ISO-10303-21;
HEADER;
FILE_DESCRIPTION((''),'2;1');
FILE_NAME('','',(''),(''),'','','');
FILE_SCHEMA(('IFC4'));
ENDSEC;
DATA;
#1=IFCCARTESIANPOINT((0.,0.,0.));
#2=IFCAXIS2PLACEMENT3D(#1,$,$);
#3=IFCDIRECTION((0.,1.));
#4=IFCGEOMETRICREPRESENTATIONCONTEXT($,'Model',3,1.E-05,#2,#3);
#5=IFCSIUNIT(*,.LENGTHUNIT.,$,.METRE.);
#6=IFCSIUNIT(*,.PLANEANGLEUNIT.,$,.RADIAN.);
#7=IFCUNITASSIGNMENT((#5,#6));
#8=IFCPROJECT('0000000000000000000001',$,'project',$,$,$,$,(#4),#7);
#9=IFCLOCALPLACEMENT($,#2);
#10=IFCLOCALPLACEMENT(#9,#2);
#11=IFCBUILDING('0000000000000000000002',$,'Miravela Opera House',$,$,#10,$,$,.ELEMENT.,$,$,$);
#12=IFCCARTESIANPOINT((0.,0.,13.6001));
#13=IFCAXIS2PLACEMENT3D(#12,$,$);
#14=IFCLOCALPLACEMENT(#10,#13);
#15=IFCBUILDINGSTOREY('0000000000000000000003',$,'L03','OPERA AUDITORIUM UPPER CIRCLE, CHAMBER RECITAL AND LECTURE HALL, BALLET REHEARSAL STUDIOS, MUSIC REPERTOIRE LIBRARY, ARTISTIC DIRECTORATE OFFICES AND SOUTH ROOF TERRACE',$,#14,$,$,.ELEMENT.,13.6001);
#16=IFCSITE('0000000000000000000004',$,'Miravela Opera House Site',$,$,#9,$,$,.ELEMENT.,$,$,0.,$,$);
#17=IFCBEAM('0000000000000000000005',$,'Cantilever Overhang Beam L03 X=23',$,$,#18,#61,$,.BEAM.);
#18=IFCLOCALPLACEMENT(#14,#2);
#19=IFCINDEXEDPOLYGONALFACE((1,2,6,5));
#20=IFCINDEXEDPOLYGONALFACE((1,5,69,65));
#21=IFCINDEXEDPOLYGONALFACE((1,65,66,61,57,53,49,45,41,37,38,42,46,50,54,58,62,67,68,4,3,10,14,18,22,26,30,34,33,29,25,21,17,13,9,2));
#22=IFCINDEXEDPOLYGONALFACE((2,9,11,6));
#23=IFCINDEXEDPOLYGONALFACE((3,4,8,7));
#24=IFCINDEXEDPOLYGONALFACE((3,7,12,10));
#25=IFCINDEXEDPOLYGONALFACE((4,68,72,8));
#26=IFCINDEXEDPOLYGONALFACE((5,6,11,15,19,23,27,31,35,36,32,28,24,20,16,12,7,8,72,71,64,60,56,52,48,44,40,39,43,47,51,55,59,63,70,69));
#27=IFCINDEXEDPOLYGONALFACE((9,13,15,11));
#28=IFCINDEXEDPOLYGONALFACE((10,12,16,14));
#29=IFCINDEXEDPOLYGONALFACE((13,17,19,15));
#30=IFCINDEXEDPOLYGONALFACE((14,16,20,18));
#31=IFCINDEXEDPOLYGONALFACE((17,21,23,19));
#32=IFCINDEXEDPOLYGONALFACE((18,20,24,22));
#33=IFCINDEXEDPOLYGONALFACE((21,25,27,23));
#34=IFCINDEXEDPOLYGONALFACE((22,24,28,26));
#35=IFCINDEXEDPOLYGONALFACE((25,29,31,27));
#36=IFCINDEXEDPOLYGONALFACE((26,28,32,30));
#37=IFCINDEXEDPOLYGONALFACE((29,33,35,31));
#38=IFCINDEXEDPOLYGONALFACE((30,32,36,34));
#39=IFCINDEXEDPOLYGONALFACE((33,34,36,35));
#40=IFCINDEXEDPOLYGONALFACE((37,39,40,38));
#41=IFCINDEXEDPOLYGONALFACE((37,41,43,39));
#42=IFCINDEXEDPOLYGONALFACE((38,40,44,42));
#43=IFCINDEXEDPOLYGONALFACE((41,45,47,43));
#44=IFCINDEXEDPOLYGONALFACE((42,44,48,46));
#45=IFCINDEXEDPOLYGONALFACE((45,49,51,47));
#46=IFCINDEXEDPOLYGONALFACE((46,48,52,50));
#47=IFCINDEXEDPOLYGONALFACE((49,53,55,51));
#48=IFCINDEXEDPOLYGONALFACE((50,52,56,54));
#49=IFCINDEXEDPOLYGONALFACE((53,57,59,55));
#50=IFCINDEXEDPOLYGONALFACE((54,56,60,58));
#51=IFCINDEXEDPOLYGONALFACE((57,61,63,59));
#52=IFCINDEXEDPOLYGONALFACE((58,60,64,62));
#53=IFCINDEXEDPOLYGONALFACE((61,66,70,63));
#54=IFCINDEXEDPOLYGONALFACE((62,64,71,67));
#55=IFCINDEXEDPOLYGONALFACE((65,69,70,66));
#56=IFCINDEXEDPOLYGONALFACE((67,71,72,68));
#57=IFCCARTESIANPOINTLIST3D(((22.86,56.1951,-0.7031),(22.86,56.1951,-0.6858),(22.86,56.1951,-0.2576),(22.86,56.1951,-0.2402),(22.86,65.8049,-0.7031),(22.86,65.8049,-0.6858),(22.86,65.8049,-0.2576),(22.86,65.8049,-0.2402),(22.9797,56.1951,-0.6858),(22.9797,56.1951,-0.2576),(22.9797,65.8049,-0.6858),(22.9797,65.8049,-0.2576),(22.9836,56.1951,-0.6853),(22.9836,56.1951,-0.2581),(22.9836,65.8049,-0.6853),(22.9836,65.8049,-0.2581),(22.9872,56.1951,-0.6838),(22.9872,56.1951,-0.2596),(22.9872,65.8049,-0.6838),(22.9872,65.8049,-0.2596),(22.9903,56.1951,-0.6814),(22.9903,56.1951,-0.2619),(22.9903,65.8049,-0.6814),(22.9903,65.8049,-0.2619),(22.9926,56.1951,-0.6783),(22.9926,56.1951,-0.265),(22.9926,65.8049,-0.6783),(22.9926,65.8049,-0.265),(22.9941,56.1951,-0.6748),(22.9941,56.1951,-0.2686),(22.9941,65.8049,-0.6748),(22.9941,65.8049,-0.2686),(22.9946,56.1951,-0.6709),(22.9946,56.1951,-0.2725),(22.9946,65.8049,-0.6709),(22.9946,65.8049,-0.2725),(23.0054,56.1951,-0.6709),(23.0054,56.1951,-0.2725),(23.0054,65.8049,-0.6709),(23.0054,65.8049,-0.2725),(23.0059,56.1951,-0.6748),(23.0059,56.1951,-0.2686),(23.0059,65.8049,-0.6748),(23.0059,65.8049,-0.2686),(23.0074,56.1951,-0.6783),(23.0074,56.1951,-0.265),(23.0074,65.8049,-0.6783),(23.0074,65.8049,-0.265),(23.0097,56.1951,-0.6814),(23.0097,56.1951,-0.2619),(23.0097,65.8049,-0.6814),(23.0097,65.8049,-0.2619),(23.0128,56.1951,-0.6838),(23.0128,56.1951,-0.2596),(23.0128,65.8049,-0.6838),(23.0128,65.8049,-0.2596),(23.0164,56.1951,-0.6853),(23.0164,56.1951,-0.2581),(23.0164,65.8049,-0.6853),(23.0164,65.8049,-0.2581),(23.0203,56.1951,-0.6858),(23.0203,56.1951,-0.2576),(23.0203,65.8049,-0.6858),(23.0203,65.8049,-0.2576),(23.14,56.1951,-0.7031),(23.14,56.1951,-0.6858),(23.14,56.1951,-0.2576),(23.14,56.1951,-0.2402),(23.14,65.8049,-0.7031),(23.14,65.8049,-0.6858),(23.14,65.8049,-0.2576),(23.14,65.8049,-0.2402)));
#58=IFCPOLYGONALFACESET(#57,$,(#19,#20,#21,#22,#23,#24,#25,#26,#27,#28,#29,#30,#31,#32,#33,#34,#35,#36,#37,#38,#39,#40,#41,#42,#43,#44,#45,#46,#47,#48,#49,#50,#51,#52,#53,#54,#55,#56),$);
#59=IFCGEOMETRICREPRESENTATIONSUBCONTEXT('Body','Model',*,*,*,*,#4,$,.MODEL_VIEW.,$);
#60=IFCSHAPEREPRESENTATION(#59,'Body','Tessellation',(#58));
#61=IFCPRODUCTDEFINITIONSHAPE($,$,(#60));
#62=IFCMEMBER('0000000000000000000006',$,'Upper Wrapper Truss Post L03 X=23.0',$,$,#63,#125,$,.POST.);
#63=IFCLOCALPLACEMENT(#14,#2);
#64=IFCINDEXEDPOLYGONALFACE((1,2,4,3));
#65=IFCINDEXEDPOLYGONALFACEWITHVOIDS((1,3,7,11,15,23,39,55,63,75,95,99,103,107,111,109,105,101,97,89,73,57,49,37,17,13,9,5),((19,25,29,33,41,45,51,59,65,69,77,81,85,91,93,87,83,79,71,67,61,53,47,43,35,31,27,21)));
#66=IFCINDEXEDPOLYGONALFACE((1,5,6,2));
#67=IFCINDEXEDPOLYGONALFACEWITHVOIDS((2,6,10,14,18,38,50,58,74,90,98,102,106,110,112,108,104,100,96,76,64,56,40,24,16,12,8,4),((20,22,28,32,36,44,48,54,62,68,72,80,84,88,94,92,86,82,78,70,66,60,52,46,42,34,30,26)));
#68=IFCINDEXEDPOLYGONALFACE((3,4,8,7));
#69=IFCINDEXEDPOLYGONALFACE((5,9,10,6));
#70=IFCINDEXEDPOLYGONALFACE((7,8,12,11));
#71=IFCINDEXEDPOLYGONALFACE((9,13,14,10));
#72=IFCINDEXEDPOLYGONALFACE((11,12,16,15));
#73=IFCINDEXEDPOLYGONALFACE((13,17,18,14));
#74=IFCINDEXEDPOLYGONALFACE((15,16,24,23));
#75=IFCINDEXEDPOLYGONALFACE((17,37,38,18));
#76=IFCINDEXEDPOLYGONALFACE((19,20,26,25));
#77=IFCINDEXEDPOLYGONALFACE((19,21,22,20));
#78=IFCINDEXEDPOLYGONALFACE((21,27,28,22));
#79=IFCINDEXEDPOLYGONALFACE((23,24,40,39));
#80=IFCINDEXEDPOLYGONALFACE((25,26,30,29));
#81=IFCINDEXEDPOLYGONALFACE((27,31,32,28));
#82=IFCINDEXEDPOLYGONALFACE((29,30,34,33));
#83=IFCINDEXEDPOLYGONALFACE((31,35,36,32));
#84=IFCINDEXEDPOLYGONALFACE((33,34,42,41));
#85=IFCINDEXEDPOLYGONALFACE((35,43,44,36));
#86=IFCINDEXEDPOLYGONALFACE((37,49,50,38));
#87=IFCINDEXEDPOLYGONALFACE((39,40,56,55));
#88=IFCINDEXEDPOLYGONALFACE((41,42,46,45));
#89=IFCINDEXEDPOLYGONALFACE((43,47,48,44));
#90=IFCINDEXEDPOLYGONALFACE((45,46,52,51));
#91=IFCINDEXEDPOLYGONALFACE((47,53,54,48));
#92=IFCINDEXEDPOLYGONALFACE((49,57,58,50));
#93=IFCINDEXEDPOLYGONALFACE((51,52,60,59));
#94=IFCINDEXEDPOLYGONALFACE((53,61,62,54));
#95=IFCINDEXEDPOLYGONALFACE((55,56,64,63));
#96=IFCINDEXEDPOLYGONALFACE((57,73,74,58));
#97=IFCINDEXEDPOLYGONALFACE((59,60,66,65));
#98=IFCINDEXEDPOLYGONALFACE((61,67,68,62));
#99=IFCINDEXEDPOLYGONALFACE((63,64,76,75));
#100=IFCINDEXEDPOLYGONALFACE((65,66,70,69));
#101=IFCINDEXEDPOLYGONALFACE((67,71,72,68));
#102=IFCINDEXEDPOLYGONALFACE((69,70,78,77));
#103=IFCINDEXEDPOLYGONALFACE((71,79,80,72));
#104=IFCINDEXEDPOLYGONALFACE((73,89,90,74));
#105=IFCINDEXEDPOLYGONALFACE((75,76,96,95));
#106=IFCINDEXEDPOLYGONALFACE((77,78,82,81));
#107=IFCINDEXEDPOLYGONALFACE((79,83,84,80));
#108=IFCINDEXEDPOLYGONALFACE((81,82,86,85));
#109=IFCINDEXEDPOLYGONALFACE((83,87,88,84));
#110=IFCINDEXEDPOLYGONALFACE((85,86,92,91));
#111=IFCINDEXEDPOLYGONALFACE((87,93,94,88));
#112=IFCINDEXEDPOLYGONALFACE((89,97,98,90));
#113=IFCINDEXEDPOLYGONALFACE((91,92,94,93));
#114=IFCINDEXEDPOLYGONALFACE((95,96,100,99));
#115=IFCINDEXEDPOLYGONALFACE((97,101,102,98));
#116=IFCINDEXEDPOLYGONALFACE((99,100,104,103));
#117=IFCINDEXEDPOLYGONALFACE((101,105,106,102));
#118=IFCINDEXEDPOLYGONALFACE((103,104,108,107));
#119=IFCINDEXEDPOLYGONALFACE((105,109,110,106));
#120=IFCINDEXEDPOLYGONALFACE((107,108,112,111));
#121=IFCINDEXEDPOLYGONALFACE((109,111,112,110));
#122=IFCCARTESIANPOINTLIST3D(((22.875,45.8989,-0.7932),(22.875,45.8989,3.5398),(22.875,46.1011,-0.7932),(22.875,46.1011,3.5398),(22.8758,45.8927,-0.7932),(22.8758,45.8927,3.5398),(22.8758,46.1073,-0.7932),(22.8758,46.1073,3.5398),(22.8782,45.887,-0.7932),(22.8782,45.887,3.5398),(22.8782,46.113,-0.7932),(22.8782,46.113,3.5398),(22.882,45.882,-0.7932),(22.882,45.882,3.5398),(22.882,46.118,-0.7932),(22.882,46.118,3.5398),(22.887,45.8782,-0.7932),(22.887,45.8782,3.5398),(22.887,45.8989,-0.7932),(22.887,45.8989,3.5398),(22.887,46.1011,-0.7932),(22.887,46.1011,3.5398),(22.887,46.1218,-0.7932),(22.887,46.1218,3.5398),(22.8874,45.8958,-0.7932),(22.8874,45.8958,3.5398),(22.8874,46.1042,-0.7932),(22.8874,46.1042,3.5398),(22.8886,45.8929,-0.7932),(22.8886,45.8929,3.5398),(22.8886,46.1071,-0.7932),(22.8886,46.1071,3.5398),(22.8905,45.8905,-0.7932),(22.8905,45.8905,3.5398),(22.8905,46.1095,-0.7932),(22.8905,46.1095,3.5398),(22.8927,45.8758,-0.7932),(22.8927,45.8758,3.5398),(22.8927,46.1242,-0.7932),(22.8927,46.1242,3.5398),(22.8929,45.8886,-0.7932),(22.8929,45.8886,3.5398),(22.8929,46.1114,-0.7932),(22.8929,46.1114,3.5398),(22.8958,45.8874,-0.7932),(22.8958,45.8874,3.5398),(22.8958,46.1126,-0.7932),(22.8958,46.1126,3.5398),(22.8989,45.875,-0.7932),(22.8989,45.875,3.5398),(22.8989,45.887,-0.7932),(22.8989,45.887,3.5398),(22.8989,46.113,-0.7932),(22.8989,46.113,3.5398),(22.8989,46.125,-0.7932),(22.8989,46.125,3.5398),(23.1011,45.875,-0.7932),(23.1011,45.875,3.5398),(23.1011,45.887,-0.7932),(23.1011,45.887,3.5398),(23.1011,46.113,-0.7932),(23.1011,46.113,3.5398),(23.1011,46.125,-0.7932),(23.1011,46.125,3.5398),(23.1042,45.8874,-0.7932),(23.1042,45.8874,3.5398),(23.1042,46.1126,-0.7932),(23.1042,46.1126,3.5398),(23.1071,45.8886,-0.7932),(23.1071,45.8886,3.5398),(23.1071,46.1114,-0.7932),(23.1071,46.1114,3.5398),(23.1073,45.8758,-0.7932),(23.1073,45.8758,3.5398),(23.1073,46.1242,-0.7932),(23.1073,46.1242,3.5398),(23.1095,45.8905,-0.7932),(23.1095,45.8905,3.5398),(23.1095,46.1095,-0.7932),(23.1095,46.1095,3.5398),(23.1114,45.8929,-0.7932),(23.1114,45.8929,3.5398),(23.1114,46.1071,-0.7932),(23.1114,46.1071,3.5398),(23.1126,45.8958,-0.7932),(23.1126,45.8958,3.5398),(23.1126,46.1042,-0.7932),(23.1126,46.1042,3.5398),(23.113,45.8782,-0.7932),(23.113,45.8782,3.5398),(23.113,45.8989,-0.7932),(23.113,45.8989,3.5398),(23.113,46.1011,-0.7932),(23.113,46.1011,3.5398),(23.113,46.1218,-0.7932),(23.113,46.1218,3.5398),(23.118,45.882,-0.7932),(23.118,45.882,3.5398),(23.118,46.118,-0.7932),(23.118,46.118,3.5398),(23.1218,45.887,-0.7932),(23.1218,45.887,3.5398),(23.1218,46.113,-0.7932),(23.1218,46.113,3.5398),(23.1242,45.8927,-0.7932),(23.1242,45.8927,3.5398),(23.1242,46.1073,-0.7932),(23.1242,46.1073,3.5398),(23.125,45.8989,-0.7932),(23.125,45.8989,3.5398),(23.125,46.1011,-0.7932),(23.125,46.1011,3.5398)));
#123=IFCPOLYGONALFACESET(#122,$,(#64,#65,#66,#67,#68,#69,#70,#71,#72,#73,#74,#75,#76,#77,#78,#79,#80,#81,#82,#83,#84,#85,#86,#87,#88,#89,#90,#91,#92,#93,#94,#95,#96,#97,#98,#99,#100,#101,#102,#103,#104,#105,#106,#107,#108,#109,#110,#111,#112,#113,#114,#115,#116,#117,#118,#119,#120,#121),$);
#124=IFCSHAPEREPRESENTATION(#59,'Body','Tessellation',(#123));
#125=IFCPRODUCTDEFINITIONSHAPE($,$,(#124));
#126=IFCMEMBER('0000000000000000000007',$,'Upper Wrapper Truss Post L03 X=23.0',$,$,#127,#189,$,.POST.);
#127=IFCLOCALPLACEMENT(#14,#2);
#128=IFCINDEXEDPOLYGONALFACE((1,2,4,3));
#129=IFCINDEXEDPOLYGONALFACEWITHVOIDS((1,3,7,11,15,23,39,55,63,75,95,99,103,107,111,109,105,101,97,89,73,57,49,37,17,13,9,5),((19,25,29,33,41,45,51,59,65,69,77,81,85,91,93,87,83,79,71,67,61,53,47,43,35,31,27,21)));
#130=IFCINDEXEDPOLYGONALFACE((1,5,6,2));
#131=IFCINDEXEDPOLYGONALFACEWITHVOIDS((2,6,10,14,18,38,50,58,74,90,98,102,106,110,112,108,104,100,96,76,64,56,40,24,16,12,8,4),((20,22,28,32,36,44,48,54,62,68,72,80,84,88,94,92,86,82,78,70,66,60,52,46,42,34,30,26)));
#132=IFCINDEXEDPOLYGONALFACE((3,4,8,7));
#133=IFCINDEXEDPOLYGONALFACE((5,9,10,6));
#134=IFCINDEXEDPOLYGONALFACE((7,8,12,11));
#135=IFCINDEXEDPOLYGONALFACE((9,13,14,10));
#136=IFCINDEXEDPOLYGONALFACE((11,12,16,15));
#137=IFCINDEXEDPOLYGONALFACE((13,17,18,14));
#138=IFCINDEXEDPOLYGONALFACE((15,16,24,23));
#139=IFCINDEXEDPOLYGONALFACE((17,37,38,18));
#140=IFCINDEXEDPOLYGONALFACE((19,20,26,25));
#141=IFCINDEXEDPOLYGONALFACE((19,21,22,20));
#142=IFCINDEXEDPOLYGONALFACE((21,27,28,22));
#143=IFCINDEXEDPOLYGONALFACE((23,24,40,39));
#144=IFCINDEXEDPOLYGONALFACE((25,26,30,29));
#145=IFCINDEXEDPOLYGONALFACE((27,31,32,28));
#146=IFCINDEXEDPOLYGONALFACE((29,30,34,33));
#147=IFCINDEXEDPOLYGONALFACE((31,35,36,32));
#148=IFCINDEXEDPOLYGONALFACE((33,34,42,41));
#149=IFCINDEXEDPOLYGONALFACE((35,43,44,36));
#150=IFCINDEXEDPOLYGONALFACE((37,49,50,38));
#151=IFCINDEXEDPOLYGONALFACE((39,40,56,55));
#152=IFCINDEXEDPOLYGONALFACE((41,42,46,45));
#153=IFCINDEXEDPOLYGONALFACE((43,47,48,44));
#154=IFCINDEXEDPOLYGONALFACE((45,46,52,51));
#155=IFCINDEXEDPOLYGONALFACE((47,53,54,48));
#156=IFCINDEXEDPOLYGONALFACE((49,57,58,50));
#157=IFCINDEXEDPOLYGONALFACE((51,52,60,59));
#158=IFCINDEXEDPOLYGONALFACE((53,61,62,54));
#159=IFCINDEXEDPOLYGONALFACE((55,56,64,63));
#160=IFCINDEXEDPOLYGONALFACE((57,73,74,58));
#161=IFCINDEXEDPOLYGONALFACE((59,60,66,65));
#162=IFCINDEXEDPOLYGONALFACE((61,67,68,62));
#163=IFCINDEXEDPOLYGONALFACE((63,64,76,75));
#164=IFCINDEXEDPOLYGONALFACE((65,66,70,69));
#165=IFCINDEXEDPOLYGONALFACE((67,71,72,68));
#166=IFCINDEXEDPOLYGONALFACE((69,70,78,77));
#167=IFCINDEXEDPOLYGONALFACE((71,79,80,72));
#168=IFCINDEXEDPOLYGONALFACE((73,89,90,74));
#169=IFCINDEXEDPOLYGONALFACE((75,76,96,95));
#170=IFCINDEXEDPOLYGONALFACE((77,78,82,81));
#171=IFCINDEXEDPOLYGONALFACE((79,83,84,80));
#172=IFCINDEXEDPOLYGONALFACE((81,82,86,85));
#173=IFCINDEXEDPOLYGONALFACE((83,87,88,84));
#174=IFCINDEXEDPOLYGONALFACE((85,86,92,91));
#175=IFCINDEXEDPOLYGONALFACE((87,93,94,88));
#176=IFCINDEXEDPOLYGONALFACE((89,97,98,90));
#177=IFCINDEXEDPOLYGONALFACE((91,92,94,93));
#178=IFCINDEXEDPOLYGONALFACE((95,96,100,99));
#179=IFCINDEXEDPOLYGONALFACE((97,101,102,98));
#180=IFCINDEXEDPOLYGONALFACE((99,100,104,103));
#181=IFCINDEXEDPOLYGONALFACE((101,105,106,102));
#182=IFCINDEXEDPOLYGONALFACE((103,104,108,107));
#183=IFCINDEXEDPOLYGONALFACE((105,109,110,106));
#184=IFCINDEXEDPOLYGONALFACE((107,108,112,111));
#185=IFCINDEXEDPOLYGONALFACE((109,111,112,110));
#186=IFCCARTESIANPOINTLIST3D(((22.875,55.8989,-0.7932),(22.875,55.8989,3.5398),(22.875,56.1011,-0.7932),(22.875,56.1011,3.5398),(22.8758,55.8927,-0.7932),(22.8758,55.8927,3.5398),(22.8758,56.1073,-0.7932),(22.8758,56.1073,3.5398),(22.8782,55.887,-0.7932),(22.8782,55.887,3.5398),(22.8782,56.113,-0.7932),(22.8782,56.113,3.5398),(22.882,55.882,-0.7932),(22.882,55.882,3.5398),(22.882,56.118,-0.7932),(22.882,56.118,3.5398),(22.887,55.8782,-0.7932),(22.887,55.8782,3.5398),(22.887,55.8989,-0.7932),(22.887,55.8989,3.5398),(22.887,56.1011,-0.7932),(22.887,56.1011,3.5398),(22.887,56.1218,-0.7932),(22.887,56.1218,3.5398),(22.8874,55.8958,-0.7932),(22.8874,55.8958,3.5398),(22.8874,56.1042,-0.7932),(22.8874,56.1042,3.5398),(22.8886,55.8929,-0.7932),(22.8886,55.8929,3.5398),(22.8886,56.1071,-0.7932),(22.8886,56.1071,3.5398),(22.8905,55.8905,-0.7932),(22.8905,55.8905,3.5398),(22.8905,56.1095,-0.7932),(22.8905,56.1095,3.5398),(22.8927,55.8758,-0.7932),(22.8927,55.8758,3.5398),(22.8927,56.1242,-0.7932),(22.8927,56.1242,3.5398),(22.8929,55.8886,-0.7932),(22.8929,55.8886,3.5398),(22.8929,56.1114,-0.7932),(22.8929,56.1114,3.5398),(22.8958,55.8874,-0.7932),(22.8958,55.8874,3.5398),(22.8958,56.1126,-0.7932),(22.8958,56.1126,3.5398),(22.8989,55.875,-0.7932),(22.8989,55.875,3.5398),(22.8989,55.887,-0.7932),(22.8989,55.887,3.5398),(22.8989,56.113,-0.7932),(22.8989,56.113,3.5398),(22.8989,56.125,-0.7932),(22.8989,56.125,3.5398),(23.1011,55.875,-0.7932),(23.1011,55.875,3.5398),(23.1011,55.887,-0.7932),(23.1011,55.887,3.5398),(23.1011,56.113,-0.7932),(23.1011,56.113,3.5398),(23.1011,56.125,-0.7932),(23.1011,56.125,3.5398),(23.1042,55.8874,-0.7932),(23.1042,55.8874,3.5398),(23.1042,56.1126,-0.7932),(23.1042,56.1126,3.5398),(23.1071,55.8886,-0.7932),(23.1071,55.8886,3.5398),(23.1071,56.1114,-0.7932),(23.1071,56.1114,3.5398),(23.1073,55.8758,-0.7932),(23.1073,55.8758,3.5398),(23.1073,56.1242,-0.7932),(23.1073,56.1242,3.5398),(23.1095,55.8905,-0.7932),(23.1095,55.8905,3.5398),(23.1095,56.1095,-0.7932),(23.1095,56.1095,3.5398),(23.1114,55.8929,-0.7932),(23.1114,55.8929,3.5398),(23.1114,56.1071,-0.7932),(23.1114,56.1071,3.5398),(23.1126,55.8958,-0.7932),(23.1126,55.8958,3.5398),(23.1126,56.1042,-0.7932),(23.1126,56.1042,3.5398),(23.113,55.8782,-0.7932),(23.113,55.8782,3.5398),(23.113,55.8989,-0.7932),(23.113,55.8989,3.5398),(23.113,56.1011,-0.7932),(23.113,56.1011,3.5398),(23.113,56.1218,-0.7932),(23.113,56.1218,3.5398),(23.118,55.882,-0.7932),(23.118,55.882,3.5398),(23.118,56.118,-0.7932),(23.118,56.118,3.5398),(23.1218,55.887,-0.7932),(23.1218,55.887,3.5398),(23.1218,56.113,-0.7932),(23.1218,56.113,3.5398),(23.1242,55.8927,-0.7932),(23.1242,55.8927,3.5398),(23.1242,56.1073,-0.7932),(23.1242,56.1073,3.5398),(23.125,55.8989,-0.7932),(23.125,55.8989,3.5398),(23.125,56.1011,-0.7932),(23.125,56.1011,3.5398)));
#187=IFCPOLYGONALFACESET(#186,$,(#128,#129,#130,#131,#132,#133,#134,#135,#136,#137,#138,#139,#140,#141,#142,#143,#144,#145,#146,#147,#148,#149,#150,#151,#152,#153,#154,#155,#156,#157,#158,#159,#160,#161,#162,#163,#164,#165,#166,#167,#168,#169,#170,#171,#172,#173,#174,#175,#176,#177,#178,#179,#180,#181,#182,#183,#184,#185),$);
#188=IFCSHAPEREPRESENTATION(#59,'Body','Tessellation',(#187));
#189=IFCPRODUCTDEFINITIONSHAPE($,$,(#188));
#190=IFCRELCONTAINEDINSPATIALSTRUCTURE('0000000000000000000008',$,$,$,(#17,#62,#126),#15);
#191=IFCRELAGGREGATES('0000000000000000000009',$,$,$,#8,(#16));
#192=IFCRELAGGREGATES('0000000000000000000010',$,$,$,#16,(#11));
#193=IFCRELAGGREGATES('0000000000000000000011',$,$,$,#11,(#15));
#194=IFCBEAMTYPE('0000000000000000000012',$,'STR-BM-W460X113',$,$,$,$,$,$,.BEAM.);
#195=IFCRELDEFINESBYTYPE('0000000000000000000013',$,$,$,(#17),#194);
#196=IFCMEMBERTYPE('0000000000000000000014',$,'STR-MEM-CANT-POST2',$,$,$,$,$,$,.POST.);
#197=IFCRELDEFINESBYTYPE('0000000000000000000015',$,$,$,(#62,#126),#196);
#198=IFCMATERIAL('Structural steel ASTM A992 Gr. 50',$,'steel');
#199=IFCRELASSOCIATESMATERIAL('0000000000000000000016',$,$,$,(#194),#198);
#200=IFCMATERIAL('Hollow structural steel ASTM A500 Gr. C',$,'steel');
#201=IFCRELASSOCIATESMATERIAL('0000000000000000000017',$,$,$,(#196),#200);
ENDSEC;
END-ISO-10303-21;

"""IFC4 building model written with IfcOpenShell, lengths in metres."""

from ifc_helpers import new_model, si_unit, direction, frame, origin, origin_2d, place, context, subcontext, project, spatial, hollow_rectangle, i_section, extrude, material, material_profile, profile_set, type_object, element, save


model = new_model("IFC4")

# Units and contexts
model_context = context("Model", 3, precision=1e-05, world=origin(), true_north=direction((0.0, 1.0)))
body_context = subcontext(model_context, "Body", "Model", "MODEL_VIEW")
ifc_project = project(units=[si_unit("LENGTHUNIT", "METRE"), si_unit("PLANEANGLEUNIT", "RADIAN")], contexts=[model_context])

# Site, building, storey
site_placement = place(None, origin())
site = spatial("IfcSite", under=ifc_project, at=site_placement, Name="Miravela Opera House Site", CompositionType="ELEMENT", RefElevation=0.0)
building_placement = place(site_placement, origin())
building = spatial("IfcBuilding", under=site, at=building_placement, Name="Miravela Opera House", CompositionType="ELEMENT")
storey_placement = place(building_placement, frame((0.0, 0.0, 13.6001)))
storey = spatial("IfcBuildingStorey", under=building, at=storey_placement, Name="L03", Description="OPERA AUDITORIUM UPPER CIRCLE, CHAMBER RECITAL AND LECTURE HALL, BALLET REHEARSAL STUDIOS, MUSIC REPERTOIRE LIBRARY, ARTISTIC DIRECTORATE OFFICES AND SOUTH ROOF TERRACE", CompositionType="ELEMENT", Elevation=13.6001)

# Beam
ifc_material_1 = material(Name="Structural steel ASTM A992 Gr. 50", Category="steel")
ifc_material_profile_1 = material_profile(ifc_material_1, i_section(OverallWidth=0.28, OverallDepth=0.4629, WebThickness=0.0107, FlangeThickness=0.0173, FilletRadius=0.0149, at=origin_2d()), Name="W460X113")
ifc_profile_set_1 = profile_set([ifc_material_profile_1])
beam_type_1 = type_object("IfcBeamType", Name="STR-BM-W460X113", PredefinedType="BEAM", material=ifc_profile_set_1)
for number, where, z_axis, x_axis, name in (
    (1, (23.0, 56.1951, -0.4717), (0.0, 1.0, 0.0), (-1.0, 0.0, 0.0), "Cantilever Overhang Beam L03 X=23"),
):
    element("IfcBeam", number, at=place(storey_placement, frame(where, z_axis=z_axis, x_axis=x_axis)), inside=storey, type_object=beam_type_1, Name=name, PredefinedType="BEAM", context=body_context, shape_type="SweptSolid", body=[
        extrude(i_section(OverallWidth=0.28, OverallDepth=0.4629, WebThickness=0.0107, FlangeThickness=0.0173, FilletRadius=0.0149, at=origin_2d()), origin(), (0.0, 0.0, 1.0), 9.6099),
    ])

# Members
ifc_material_2 = material(Name="Hollow structural steel ASTM A500 Gr. C", Category="steel")
ifc_material_profile_2 = material_profile(ifc_material_2, hollow_rectangle(XDim=0.25, YDim=0.25, WallThickness=0.012, InnerFilletRadius=0.012, OuterFilletRadius=0.0239, at=origin_2d()), Name="HSS250X250X12")
ifc_profile_set_2 = profile_set([ifc_material_profile_2])
member_type_1 = type_object("IfcMemberType", Name="STR-MEM-CANT-POST2", PredefinedType="POST", material=ifc_profile_set_2)
for number, where, z_axis, x_axis, name in (
    (2, (23.0, 46.0, -0.7932), (0.0, 0.0, 1.0), (1.0, 0.0, 0.0), "Upper Wrapper Truss Post L03 X=23.0"),
    (3, (23.0, 56.0, -0.7932), (0.0, 0.0, 1.0), (1.0, 0.0, 0.0), "Upper Wrapper Truss Post L03 X=23.0"),
):
    element("IfcMember", number, at=place(storey_placement, frame(where, z_axis=z_axis, x_axis=x_axis)), inside=storey, type_object=member_type_1, Name=name, PredefinedType="POST", context=body_context, shape_type="SweptSolid", body=[
        extrude(hollow_rectangle(XDim=0.25, YDim=0.25, WallThickness=0.012, InnerFilletRadius=0.012, OuterFilletRadius=0.0239, at=origin_2d()), origin(), (0.0, 0.0, 1.0), 4.333),
    ])

save(model, "model.ifc")
